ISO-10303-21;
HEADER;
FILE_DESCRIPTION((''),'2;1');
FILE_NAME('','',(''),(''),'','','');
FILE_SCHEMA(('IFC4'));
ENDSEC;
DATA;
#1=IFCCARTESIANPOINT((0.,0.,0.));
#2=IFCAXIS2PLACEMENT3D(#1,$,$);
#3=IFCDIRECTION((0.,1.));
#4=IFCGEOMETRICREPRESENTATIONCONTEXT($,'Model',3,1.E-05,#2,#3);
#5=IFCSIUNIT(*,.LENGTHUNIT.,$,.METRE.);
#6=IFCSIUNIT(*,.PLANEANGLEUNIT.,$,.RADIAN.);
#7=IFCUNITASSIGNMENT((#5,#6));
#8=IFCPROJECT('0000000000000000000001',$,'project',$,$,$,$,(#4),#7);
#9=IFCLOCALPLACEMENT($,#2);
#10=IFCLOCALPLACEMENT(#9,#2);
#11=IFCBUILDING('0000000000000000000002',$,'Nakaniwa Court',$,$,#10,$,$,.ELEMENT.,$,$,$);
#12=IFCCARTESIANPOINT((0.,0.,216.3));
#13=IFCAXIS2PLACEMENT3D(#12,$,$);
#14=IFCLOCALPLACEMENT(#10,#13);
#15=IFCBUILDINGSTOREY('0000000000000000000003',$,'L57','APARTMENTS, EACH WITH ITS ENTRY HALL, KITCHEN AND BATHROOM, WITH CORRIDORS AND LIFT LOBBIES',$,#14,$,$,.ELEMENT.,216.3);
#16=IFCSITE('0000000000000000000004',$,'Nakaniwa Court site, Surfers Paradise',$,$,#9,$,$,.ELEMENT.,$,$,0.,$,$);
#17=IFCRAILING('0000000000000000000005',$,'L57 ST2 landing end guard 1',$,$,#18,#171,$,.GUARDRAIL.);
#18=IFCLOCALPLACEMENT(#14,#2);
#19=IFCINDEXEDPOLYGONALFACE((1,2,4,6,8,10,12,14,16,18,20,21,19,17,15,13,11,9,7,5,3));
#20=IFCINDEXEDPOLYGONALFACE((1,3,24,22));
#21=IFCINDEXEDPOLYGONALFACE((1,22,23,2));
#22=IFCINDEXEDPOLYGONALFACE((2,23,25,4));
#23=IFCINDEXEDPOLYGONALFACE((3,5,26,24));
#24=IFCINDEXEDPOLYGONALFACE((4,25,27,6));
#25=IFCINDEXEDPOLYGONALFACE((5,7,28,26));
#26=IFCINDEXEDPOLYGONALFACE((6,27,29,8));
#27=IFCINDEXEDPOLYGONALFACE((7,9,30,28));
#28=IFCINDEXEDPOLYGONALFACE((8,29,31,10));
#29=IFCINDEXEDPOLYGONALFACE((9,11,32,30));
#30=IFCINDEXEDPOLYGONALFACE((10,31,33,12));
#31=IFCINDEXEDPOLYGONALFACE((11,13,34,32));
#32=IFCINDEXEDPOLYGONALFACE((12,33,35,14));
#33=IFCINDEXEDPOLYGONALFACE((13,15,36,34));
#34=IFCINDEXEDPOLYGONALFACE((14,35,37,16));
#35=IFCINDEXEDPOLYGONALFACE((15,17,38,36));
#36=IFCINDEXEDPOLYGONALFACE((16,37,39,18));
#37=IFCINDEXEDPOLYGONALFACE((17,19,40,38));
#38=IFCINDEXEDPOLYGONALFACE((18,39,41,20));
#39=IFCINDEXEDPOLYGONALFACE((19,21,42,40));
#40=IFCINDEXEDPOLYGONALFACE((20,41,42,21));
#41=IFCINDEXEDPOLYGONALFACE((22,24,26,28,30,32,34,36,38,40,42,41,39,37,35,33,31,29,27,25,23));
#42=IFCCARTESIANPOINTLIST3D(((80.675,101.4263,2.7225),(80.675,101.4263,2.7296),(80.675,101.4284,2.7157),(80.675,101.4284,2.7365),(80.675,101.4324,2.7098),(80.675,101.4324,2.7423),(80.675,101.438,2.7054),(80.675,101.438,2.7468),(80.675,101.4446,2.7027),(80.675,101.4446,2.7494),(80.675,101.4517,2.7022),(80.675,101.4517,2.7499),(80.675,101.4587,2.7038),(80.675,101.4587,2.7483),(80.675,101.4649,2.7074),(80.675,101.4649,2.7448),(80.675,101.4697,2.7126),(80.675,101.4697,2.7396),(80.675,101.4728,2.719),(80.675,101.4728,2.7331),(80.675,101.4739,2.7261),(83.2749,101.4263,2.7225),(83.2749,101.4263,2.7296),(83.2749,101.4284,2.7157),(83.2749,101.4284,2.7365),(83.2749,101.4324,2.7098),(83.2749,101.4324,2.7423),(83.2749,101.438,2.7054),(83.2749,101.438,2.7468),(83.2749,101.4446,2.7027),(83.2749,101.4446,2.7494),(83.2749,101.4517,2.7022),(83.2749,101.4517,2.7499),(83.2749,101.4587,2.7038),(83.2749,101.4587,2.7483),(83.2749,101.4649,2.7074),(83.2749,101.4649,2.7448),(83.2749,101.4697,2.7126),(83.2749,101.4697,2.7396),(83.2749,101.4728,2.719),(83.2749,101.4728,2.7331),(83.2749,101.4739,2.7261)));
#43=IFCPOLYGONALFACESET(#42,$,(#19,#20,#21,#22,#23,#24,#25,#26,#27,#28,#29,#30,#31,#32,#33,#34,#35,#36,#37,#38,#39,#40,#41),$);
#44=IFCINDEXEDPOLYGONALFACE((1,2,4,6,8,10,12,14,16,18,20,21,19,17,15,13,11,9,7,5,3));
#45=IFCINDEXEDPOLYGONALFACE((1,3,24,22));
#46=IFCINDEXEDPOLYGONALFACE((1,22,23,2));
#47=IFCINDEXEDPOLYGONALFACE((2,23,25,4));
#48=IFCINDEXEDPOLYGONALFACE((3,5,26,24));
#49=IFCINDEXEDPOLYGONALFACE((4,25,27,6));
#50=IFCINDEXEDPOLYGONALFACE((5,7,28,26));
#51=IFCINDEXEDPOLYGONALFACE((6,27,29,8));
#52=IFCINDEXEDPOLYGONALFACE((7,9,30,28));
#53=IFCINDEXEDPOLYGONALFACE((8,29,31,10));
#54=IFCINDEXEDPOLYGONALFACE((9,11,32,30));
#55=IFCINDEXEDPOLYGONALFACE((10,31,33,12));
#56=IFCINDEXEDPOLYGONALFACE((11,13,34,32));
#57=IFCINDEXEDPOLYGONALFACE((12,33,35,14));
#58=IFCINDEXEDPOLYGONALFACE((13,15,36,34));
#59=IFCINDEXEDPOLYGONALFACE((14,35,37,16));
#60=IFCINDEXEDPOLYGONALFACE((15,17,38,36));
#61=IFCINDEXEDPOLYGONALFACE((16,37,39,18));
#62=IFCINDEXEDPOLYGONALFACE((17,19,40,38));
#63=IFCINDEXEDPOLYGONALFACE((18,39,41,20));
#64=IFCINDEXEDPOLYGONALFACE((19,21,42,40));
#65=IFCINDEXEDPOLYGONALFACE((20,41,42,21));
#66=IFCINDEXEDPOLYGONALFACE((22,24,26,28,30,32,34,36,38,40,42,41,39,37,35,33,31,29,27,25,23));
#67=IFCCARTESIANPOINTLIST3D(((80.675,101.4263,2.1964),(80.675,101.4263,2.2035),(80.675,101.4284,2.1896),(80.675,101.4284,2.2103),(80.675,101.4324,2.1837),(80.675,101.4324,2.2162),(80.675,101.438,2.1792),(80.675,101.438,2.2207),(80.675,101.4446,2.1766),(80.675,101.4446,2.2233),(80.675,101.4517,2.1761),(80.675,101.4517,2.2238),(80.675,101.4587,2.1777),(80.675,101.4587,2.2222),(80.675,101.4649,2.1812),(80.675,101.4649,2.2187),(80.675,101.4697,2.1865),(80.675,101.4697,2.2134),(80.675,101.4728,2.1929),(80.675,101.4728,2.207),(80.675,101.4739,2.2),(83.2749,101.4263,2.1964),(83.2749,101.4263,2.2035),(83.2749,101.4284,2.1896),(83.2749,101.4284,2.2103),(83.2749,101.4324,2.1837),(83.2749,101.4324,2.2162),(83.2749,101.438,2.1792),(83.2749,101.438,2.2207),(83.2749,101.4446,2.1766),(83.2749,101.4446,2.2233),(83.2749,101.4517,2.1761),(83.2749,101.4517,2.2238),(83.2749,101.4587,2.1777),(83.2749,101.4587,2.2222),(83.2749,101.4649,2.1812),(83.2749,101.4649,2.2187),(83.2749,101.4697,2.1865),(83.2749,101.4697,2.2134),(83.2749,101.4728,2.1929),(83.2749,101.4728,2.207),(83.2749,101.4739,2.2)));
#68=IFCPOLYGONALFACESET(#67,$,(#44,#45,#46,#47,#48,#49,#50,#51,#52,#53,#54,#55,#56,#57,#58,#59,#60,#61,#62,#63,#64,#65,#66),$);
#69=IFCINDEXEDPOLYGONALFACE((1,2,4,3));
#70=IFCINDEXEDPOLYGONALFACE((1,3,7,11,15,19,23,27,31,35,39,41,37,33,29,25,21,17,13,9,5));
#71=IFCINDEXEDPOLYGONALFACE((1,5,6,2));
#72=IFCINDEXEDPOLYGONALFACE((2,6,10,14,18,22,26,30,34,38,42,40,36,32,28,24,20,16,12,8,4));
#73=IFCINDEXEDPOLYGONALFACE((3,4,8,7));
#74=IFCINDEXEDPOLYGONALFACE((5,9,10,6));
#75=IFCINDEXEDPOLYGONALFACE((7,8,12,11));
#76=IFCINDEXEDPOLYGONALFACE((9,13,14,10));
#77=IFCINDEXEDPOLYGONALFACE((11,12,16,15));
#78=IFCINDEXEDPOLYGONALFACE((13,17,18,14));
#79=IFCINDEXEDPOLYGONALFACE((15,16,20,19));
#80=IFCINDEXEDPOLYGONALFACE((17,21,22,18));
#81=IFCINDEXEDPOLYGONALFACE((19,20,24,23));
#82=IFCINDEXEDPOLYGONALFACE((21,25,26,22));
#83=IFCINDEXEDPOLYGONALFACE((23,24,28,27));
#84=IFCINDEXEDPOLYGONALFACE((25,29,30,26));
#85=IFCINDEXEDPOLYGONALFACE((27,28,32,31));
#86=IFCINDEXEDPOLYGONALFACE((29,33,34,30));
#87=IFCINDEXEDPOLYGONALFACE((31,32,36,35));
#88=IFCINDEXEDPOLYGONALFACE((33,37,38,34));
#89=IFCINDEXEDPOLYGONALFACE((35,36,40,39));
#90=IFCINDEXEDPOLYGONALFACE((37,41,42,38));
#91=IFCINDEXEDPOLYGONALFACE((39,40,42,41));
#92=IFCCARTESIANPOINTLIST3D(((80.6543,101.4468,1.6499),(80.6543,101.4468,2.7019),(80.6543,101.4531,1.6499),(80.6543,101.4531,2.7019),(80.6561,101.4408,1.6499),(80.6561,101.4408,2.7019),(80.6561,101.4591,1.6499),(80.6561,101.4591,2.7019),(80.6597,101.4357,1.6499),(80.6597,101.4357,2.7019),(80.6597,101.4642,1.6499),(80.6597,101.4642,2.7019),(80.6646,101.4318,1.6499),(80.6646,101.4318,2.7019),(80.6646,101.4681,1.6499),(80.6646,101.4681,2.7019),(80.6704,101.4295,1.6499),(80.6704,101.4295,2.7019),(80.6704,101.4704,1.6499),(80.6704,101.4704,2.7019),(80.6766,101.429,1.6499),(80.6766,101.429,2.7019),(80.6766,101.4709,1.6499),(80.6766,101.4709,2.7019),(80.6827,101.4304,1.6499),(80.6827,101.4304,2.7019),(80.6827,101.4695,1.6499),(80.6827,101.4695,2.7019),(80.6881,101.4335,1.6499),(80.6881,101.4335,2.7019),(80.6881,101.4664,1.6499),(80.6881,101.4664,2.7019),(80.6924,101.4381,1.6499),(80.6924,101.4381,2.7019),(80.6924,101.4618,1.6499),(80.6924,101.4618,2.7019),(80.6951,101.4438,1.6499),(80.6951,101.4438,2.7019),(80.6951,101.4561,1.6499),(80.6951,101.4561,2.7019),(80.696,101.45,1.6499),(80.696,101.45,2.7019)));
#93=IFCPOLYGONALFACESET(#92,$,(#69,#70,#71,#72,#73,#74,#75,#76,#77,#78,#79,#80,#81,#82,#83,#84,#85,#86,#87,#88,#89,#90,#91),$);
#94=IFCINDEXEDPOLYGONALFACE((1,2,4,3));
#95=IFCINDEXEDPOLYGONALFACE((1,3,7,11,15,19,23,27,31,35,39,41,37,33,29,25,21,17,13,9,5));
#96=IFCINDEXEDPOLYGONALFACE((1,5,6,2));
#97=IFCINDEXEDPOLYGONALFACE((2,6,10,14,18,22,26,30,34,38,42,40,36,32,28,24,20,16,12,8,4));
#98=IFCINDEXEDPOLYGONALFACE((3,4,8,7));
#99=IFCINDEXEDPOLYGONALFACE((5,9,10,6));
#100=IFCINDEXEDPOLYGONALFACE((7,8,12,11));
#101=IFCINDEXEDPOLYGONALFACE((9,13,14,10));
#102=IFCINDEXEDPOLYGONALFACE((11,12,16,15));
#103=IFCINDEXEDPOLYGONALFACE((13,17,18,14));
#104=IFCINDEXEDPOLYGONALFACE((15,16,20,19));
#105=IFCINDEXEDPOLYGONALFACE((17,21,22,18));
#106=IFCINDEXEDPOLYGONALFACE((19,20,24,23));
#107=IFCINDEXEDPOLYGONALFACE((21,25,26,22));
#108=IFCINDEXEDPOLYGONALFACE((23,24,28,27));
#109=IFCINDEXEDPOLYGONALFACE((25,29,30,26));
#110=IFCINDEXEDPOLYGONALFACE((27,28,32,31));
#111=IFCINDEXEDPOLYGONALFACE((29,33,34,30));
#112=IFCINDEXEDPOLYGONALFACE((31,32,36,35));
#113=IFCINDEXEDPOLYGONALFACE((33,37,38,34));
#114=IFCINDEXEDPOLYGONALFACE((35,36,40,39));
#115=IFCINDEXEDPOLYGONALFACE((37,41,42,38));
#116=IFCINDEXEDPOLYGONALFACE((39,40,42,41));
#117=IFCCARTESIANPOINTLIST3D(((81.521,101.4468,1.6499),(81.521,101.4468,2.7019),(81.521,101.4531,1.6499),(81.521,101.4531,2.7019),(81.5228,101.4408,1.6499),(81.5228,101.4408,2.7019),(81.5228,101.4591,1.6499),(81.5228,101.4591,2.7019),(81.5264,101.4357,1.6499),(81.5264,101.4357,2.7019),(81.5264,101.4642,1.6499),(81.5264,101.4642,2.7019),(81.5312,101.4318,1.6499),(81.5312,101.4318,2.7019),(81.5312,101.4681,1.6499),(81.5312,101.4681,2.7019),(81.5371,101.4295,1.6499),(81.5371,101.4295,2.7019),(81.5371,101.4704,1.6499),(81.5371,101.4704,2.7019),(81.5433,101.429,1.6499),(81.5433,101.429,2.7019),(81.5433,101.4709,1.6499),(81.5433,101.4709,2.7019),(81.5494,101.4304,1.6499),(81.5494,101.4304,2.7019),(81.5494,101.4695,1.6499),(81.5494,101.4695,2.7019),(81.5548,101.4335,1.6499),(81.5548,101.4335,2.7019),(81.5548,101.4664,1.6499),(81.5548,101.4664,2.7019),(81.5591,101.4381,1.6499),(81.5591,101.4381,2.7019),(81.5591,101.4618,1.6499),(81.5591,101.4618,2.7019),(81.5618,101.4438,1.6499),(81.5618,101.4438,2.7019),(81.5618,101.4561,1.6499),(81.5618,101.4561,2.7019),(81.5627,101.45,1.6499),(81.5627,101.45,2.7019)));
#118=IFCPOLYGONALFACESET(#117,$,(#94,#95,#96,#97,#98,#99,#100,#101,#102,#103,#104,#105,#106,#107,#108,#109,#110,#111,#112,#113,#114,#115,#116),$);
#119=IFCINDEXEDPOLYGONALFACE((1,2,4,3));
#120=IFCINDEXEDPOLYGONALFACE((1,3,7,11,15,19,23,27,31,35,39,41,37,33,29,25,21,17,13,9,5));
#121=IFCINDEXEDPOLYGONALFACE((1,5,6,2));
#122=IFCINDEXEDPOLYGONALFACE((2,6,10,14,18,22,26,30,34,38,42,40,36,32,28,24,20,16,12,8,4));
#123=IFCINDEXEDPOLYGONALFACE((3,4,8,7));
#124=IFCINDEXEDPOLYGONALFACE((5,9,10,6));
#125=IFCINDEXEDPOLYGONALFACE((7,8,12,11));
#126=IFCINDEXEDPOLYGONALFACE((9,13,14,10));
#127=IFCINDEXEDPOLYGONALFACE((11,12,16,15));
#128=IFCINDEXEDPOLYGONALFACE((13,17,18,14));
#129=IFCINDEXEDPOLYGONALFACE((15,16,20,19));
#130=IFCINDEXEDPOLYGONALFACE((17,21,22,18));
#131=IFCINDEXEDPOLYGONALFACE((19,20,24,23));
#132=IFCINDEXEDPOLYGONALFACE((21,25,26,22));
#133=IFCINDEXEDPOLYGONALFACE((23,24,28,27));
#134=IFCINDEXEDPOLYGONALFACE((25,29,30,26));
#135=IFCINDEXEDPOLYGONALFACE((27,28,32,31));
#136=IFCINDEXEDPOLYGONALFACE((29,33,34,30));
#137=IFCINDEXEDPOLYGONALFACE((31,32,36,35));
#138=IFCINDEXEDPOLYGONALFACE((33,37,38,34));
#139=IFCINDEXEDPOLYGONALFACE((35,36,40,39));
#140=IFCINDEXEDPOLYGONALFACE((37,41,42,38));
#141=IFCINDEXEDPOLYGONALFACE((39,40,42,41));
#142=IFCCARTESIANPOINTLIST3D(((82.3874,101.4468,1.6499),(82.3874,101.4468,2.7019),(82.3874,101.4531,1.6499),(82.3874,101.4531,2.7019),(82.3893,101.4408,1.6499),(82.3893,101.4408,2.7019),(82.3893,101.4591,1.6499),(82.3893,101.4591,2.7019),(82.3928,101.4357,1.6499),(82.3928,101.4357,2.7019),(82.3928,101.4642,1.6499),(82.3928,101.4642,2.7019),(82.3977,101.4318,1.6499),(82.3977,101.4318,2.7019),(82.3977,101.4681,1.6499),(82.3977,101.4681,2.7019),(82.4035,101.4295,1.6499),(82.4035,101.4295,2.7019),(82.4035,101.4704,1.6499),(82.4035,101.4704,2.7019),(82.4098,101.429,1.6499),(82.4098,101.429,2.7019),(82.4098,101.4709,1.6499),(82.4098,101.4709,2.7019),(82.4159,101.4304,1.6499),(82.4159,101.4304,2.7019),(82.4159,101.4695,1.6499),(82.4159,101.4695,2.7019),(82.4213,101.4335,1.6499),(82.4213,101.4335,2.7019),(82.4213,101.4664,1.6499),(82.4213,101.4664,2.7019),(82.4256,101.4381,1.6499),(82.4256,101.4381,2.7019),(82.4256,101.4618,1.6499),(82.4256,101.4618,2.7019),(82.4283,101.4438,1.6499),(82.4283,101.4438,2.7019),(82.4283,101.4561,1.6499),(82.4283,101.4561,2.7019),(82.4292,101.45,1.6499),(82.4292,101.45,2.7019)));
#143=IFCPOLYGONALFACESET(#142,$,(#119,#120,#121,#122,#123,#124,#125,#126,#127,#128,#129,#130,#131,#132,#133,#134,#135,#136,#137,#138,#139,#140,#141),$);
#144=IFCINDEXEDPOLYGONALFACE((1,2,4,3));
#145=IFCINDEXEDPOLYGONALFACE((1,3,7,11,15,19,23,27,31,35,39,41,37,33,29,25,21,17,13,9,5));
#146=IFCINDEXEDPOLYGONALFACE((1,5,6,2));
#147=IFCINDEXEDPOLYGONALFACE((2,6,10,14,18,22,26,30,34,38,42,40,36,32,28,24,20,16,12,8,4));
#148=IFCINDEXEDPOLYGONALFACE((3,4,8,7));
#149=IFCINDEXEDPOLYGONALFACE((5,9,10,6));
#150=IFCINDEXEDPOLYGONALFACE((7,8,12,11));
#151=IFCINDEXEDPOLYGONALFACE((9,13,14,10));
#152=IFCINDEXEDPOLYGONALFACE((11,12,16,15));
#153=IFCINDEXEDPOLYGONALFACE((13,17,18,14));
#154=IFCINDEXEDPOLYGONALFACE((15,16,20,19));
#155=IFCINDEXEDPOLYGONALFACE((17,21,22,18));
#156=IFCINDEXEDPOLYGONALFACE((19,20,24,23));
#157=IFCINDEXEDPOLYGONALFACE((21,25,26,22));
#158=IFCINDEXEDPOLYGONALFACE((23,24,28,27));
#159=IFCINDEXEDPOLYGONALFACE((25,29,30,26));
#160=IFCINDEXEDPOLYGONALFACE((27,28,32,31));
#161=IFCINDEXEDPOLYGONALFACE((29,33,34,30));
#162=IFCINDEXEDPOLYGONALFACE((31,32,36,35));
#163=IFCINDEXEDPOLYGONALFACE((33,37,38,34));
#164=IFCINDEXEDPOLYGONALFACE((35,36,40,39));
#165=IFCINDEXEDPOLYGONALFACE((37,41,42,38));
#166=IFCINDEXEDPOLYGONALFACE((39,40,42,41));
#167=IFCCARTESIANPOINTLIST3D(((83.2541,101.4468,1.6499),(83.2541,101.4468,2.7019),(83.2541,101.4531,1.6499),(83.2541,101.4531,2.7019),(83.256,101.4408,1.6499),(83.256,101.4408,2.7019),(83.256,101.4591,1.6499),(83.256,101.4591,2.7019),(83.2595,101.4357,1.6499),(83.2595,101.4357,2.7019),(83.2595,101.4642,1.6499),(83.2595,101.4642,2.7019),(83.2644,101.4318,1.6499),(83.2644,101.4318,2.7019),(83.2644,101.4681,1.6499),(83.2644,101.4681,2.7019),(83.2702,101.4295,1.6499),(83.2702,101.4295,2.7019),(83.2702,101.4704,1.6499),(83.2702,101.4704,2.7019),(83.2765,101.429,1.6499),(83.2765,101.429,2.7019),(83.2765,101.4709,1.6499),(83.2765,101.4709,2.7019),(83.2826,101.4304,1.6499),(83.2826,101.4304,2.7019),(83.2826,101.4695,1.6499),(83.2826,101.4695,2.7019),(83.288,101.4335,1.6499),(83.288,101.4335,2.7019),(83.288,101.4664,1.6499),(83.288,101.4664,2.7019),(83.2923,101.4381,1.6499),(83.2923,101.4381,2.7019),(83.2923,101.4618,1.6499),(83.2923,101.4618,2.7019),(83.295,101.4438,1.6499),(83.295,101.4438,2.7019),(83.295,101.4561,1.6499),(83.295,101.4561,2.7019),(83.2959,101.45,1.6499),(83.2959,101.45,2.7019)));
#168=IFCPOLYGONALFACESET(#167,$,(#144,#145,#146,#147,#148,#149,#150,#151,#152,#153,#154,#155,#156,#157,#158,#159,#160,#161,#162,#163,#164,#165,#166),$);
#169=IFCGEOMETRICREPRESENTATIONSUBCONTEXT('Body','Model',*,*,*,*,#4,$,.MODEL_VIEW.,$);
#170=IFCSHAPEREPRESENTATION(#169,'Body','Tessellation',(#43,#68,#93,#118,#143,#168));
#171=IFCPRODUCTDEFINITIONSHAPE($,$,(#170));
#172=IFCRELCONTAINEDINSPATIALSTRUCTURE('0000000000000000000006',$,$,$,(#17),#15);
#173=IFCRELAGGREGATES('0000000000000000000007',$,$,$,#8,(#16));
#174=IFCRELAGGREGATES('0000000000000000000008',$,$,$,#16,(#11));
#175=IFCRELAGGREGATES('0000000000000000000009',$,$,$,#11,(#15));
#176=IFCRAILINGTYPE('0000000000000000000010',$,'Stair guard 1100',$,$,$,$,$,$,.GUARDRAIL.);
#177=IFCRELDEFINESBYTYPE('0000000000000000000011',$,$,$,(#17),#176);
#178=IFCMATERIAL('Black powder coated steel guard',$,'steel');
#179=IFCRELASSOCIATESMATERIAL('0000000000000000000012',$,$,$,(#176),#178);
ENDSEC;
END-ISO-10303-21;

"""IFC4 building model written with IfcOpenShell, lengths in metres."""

from ifc_helpers import new_model, si_unit, direction, frame, origin, origin_2d, place, context, subcontext, project, spatial, circle, extrude, material, type_object, element, save


model = new_model("IFC4")

# Units and contexts
model_context = context("Model", 3, precision=1e-05, world=origin(), true_north=direction((0.0, 1.0)))
body_context = subcontext(model_context, "Body", "Model", "MODEL_VIEW")
ifc_project = project(units=[si_unit("LENGTHUNIT", "METRE"), si_unit("PLANEANGLEUNIT", "RADIAN")], contexts=[model_context])

# Site, building, storey
site_placement = place(None, origin())
site = spatial("IfcSite", under=ifc_project, at=site_placement, Name="Nakaniwa Court site, Surfers Paradise", CompositionType="ELEMENT", RefElevation=0.0)
building_placement = place(site_placement, origin())
building = spatial("IfcBuilding", under=site, at=building_placement, Name="Nakaniwa Court", CompositionType="ELEMENT")
storey_placement = place(building_placement, frame((0.0, 0.0, 216.3)))
storey = spatial("IfcBuildingStorey", under=building, at=storey_placement, Name="L57", Description="APARTMENTS, EACH WITH ITS ENTRY HALL, KITCHEN AND BATHROOM, WITH CORRIDORS AND LIFT LOBBIES", CompositionType="ELEMENT", Elevation=216.3)

# Railing
ifc_material_1 = material(Name="Black powder coated steel guard", Category="steel")
railing_type_1 = type_object("IfcRailingType", Name="Stair guard 1100", PredefinedType="GUARDRAIL", material=ifc_material_1)
railing_1_placement = place(storey_placement, frame((80.675, 101.45, 1.6499)))
element("IfcRailing", 1, at=railing_1_placement, inside=storey, type_object=railing_type_1, Name="L57 ST2 landing end guard 1", PredefinedType="GUARDRAIL", context=body_context, shape_type="SweptSolid", body=[
    extrude(circle(Radius=0.0239, at=origin_2d()), frame((0.0, 0.0, 1.0762), z_axis=(1.0, 0.0, 0.0), x_axis=(0.0, 1.0, 0.0)), (0.0, 0.0, 1.0), 2.5999),
    extrude(circle(Radius=0.0239, at=origin_2d()), frame((0.0, 0.0, 0.55), z_axis=(1.0, 0.0, 0.0), x_axis=(0.0, 1.0, 0.0)), (0.0, 0.0, 1.0), 2.5999),
    extrude(circle(Radius=0.021, at=origin_2d()), origin(), (0.0, 0.0, 1.0), 1.052),
    extrude(circle(Radius=0.021, at=origin_2d()), frame((0.8667, 0.0, 0.0)), (0.0, 0.0, 1.0), 1.052),
    extrude(circle(Radius=0.021, at=origin_2d()), frame((1.7332, 0.0, 0.0)), (0.0, 0.0, 1.0), 1.052),
    extrude(circle(Radius=0.021, at=origin_2d()), frame((2.5999, 0.0, 0.0)), (0.0, 0.0, 1.0), 1.052),
])

save(model, "model.ifc")
